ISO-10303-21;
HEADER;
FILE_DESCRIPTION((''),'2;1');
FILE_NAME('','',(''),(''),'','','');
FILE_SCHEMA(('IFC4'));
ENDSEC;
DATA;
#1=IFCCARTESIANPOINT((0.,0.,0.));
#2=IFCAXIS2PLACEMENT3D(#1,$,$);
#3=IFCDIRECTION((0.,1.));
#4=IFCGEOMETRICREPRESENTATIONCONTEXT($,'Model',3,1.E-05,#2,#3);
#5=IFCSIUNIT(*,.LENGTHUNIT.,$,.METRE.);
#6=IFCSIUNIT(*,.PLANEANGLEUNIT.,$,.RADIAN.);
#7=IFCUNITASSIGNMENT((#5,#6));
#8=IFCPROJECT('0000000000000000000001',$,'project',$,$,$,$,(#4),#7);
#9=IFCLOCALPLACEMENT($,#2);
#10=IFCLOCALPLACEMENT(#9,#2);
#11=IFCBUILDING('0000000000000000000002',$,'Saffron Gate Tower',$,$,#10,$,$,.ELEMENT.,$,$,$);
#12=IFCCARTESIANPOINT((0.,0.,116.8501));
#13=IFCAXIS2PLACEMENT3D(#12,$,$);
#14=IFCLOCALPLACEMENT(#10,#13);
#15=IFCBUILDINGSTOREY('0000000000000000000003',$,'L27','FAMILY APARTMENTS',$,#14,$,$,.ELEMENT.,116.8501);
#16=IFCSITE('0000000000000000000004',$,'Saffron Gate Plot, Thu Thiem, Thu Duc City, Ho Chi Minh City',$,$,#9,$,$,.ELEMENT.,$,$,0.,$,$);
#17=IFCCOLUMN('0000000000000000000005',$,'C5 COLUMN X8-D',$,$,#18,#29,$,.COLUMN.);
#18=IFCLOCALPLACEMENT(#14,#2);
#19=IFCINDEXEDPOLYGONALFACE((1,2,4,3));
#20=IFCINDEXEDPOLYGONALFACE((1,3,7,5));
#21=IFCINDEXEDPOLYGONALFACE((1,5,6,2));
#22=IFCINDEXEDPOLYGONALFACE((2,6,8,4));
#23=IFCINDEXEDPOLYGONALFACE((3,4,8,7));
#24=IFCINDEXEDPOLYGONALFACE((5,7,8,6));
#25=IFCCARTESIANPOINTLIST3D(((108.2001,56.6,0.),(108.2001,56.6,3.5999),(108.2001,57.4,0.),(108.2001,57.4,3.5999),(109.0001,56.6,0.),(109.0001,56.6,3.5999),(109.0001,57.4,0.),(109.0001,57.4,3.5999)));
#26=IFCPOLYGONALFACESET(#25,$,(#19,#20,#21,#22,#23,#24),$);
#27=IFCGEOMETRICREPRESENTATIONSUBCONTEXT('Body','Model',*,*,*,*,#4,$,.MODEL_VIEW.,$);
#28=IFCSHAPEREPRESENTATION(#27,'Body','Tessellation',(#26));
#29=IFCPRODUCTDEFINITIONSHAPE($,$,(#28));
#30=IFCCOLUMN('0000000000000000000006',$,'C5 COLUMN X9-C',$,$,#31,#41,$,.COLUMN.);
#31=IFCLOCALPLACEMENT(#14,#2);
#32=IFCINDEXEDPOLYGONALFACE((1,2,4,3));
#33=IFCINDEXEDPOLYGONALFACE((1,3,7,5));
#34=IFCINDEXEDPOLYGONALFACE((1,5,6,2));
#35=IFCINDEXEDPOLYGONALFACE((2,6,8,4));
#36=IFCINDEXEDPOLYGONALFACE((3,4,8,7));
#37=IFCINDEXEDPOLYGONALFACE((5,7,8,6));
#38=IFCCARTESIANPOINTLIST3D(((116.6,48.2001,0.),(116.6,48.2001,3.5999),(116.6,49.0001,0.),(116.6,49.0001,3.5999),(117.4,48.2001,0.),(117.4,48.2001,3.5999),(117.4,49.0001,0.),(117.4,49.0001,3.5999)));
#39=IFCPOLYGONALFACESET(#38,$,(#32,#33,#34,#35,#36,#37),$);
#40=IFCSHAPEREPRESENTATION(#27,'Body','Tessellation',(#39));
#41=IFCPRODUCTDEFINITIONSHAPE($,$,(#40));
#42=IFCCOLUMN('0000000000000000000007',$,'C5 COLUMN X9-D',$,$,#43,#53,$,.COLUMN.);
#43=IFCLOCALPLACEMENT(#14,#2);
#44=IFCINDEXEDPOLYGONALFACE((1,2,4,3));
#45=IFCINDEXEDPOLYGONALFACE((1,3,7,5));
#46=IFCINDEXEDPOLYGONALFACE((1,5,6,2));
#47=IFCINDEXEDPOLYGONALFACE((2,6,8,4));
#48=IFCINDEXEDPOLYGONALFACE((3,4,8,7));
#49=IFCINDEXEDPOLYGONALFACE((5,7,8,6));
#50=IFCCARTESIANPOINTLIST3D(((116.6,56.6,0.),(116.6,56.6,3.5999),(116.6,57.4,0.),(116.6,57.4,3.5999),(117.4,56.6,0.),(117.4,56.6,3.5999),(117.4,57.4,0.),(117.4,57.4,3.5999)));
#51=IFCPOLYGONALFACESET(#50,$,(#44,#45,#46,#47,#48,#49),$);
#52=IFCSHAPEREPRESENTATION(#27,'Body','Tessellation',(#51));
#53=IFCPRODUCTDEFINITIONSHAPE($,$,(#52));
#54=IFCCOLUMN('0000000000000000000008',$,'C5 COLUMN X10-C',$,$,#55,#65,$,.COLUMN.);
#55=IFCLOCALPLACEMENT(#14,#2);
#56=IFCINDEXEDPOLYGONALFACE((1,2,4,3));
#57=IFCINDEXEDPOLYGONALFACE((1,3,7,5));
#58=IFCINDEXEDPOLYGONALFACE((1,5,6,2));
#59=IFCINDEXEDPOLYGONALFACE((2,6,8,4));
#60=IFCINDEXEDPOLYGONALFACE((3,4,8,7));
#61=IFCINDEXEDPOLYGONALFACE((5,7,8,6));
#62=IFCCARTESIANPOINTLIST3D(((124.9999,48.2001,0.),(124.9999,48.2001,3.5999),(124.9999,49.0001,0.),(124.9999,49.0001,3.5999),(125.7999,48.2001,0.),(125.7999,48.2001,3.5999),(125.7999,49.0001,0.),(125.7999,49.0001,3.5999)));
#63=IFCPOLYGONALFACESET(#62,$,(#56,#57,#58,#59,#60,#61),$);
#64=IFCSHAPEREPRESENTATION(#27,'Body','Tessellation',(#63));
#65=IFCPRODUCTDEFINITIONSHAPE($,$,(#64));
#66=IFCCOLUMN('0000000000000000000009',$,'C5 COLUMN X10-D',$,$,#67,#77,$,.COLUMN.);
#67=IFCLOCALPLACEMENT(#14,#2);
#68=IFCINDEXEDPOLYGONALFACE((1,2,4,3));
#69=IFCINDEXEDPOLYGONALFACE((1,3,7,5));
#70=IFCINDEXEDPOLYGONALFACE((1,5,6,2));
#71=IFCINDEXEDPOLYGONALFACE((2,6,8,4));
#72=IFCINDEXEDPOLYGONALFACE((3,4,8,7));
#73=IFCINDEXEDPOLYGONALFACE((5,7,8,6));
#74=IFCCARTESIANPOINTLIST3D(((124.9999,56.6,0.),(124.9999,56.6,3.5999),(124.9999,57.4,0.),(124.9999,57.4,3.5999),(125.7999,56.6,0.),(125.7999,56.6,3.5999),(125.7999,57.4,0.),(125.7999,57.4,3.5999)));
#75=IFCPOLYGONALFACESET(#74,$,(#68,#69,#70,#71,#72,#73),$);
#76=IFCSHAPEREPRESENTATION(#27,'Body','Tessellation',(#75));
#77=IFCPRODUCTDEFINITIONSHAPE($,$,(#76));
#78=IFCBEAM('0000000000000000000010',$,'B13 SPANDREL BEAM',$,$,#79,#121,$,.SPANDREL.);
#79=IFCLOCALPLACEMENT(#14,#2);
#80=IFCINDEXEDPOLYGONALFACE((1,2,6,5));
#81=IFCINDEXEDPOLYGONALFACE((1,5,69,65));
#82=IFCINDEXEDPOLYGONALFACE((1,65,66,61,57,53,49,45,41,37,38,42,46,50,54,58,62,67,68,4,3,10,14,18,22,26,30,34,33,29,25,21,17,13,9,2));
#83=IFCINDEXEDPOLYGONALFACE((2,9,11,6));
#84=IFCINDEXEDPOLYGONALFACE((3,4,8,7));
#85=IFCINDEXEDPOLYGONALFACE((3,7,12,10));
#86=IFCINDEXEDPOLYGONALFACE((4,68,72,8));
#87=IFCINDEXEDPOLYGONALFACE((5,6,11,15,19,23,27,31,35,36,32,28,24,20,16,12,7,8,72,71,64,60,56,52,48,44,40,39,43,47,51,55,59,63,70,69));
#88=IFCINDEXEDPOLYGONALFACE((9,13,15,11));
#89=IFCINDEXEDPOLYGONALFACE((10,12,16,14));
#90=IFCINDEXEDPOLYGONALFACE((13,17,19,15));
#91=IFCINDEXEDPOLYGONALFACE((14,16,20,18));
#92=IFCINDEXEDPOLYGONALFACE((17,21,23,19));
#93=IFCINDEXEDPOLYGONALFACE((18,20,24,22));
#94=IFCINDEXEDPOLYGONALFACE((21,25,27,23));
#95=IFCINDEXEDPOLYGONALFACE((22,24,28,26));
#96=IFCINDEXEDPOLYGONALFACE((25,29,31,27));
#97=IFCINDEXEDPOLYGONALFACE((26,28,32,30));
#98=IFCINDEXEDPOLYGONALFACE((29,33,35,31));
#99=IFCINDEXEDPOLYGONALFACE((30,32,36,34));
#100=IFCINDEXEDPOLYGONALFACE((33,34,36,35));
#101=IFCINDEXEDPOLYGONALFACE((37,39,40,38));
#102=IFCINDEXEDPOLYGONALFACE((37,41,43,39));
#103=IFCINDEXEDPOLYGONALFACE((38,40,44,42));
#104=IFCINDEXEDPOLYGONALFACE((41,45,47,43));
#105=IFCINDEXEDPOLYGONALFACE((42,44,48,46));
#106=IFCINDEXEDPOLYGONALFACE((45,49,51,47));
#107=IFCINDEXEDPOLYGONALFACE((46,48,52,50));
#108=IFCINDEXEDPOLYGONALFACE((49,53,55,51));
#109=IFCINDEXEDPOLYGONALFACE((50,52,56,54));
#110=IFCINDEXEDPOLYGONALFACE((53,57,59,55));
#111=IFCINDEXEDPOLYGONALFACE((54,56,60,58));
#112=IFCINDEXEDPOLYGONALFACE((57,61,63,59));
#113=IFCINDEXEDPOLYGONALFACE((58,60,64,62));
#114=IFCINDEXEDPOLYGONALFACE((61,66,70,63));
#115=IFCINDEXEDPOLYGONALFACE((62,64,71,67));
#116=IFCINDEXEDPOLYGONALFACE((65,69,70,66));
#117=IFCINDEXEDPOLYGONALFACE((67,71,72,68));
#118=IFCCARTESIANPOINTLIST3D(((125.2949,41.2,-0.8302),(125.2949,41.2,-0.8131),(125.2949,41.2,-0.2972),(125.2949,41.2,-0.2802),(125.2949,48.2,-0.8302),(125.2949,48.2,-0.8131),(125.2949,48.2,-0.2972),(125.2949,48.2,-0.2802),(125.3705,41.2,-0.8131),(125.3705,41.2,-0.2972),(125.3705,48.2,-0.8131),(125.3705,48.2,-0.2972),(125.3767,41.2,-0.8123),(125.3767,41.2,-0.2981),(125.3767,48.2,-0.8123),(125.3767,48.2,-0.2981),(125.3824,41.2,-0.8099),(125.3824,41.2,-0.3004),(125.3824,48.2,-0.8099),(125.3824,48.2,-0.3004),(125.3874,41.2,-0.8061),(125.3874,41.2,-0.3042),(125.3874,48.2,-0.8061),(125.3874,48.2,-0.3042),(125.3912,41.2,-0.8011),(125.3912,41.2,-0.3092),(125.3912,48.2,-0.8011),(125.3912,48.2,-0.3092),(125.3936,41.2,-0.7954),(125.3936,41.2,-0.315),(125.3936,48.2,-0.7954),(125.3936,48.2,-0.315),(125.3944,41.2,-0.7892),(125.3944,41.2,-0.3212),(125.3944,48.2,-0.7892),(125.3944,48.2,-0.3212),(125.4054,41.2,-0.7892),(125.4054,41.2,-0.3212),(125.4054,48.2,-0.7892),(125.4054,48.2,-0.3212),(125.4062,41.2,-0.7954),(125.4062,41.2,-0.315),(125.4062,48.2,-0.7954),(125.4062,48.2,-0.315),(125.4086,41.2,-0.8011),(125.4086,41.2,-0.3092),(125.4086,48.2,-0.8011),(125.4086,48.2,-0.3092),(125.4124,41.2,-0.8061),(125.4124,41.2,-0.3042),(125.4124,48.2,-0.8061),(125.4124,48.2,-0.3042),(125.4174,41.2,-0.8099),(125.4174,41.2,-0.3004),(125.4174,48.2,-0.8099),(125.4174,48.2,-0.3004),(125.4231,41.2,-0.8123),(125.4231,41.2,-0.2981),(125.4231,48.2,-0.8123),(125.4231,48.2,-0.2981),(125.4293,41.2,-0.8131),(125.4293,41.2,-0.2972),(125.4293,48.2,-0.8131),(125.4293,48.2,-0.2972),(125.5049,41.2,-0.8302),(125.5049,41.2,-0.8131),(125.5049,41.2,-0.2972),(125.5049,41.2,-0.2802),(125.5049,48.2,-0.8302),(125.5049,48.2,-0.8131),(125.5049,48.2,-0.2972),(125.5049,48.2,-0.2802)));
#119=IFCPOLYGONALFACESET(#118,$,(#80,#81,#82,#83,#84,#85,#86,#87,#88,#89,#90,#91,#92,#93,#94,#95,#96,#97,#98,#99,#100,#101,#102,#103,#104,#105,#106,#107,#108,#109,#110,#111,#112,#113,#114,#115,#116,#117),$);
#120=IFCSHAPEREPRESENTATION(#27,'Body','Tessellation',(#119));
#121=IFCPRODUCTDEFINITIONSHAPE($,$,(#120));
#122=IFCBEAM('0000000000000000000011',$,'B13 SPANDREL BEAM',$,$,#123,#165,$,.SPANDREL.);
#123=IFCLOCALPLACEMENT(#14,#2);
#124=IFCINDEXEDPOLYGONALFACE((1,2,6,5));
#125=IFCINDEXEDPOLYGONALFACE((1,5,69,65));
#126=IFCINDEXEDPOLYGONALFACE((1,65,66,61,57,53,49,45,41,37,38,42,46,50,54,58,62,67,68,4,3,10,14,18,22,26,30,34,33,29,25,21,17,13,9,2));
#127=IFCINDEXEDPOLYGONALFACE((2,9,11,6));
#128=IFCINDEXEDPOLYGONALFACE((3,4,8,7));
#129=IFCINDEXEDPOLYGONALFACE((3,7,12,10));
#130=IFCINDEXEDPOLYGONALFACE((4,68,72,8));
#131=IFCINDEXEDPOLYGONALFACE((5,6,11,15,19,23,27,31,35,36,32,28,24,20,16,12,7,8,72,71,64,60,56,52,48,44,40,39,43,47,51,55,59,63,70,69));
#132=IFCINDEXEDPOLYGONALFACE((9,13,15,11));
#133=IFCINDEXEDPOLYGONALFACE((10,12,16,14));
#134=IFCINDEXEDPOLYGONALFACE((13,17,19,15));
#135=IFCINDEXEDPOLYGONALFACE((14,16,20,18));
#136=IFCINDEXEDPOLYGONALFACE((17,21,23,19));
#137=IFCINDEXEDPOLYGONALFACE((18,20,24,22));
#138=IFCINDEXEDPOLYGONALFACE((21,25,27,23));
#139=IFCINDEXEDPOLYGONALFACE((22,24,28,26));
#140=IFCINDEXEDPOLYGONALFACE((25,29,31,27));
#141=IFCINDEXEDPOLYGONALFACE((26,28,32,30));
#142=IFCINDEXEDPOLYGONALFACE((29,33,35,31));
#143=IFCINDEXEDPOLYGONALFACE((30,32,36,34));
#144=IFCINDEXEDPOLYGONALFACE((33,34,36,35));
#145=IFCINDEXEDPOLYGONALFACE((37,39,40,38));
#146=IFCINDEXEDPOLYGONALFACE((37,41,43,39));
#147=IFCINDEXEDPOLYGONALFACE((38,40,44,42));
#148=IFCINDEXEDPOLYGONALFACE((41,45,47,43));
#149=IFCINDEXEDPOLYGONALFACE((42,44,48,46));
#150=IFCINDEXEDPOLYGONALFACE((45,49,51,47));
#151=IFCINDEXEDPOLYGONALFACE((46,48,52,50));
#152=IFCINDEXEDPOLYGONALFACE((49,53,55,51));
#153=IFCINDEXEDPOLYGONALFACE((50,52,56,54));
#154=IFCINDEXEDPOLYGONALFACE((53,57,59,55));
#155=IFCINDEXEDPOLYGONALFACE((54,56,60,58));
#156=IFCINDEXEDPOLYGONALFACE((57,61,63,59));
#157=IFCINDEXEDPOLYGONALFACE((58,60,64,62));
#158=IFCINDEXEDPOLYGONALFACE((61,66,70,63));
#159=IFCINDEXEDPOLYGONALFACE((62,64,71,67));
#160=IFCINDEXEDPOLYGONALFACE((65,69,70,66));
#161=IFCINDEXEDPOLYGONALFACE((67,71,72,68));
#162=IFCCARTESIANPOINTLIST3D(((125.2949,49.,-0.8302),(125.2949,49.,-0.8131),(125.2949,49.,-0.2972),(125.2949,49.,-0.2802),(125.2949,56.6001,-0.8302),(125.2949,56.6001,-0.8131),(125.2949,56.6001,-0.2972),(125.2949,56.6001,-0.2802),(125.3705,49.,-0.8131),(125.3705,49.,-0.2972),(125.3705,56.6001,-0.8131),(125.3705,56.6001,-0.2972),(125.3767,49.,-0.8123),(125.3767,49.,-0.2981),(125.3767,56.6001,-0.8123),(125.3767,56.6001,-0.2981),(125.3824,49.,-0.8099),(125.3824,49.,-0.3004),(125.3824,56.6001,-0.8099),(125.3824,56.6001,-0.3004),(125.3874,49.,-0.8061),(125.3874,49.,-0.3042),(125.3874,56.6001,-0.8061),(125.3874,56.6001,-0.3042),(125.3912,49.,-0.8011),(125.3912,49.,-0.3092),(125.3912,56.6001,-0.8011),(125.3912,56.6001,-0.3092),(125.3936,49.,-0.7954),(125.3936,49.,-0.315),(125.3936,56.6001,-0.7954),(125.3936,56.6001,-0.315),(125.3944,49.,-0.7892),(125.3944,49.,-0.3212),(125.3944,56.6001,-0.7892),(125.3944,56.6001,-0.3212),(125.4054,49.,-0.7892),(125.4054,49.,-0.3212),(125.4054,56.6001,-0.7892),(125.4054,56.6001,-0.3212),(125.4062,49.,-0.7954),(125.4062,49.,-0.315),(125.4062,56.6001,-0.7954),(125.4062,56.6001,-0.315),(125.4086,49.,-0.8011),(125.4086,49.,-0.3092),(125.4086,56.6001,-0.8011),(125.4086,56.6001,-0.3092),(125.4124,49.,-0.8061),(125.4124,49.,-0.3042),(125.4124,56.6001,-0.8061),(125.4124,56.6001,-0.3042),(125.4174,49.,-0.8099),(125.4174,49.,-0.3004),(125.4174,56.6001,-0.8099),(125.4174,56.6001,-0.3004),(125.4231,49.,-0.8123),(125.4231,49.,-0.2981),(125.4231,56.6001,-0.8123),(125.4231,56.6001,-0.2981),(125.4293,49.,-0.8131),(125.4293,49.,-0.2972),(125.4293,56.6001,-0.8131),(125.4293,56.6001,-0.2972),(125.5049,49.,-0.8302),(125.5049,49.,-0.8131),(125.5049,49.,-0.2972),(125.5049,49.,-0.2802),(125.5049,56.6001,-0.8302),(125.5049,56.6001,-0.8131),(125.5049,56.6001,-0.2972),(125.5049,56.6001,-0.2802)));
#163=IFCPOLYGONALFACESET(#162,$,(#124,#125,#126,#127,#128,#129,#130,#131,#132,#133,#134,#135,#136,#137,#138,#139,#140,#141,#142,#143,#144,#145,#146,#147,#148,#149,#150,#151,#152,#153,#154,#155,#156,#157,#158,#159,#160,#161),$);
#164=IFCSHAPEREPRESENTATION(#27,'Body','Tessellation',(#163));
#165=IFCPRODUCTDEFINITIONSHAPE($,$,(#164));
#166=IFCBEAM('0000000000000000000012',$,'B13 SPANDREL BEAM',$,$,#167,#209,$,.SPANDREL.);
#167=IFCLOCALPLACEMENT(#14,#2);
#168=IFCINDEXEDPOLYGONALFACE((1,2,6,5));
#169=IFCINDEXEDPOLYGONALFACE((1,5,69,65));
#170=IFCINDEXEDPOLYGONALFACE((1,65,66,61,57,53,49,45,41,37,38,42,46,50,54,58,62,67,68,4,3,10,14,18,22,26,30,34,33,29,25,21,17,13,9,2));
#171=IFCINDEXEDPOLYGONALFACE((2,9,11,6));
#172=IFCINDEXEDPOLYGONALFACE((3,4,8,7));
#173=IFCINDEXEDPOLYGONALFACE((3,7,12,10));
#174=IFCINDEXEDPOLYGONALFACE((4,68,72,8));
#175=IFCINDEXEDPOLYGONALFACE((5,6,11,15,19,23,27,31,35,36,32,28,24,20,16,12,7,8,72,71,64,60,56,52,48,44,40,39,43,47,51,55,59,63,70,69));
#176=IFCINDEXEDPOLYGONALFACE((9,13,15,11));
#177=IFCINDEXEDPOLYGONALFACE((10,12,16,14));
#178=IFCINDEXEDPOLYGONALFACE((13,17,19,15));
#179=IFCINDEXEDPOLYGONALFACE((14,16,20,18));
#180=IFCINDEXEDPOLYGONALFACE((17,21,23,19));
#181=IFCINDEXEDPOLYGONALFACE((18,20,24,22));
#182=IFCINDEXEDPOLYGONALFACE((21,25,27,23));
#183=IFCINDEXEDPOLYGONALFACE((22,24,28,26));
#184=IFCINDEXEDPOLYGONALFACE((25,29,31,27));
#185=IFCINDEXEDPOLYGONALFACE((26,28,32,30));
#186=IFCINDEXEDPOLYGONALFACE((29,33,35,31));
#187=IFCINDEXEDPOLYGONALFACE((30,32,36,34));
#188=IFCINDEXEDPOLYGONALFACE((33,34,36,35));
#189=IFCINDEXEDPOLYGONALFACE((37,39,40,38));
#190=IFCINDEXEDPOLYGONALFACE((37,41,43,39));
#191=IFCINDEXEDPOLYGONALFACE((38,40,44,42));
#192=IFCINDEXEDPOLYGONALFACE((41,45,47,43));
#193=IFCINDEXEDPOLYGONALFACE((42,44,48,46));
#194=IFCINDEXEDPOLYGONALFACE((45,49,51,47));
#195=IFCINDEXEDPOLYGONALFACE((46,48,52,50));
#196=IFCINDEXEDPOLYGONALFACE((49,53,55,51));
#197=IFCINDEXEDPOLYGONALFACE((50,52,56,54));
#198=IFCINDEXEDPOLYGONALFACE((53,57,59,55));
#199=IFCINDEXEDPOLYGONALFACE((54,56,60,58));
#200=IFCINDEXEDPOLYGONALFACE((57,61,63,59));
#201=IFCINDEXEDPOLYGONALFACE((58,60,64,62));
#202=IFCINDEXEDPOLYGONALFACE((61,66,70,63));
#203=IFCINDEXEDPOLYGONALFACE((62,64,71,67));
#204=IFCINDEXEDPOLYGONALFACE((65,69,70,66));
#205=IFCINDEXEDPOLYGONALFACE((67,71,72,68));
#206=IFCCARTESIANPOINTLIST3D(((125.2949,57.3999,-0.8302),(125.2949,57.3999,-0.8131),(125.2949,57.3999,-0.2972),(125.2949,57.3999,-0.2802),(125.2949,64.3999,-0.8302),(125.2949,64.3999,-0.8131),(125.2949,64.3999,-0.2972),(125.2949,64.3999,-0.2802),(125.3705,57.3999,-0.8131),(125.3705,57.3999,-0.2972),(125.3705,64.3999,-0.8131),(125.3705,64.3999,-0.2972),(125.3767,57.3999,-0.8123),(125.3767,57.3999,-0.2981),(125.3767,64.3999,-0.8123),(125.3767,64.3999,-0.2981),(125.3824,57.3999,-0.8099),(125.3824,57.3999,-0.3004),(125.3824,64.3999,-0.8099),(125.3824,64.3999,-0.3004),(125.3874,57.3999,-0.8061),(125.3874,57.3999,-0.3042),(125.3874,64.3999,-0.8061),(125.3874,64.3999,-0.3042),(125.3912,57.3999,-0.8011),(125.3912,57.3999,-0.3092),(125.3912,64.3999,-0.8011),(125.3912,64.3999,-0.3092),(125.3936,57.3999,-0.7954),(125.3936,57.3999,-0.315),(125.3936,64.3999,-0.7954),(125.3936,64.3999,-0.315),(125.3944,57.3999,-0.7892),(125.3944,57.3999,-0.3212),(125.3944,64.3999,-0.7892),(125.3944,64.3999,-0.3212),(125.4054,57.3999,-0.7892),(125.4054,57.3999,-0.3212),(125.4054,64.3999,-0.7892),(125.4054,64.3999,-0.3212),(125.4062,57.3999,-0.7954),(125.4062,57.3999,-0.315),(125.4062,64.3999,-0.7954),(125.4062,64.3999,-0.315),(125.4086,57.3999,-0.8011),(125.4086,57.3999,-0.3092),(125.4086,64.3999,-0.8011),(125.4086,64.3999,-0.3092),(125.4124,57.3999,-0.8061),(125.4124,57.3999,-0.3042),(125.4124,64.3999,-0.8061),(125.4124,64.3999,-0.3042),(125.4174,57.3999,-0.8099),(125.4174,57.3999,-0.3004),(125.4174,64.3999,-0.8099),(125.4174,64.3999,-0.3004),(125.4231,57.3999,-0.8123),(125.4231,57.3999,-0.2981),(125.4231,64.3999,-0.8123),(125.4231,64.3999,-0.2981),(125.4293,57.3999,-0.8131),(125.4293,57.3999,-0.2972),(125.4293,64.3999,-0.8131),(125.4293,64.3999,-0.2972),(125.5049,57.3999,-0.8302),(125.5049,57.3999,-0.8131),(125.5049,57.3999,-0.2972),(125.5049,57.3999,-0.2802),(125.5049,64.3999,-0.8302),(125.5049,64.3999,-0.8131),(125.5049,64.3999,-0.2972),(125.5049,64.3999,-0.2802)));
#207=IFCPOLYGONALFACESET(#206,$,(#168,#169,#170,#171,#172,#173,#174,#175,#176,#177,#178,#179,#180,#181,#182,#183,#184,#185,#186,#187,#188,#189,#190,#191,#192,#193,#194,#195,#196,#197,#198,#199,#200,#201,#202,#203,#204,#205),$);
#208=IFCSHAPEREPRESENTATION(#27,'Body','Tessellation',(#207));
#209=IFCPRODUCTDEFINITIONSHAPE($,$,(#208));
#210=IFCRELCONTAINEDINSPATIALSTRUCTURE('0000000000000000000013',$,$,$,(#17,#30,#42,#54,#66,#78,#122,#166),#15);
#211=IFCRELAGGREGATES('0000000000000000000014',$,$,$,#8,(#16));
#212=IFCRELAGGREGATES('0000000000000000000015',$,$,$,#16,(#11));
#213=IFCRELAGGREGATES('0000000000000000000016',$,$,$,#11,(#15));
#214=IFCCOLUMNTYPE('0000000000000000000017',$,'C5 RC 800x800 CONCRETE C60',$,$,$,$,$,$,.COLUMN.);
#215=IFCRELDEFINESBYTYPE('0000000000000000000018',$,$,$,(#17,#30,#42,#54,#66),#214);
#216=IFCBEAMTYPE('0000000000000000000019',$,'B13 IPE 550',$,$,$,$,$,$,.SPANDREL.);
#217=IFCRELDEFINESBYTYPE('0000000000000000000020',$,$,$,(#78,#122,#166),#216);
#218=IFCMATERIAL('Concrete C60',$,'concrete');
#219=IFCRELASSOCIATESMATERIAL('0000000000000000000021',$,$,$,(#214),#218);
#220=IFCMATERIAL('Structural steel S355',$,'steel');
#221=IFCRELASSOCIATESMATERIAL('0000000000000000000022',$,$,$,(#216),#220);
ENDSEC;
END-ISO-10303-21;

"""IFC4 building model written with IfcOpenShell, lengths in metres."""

from ifc_helpers import new_model, si_unit, direction, frame, origin, origin_2d, place, context, subcontext, project, spatial, rectangle, i_section, extrude, material, material_profile, profile_set, type_object, element, save


model = new_model("IFC4")

# Units and contexts
model_context = context("Model", 3, precision=1e-05, world=origin(), true_north=direction((0.0, 1.0)))
body_context = subcontext(model_context, "Body", "Model", "MODEL_VIEW")
ifc_project = project(units=[si_unit("LENGTHUNIT", "METRE"), si_unit("PLANEANGLEUNIT", "RADIAN")], contexts=[model_context])

# Site, building, storey
site_placement = place(None, origin())
site = spatial("IfcSite", under=ifc_project, at=site_placement, Name="Saffron Gate Plot, Thu Thiem, Thu Duc City, Ho Chi Minh City", CompositionType="ELEMENT", RefElevation=0.0)
building_placement = place(site_placement, origin())
building = spatial("IfcBuilding", under=site, at=building_placement, Name="Saffron Gate Tower", CompositionType="ELEMENT")
storey_placement = place(building_placement, frame((0.0, 0.0, 116.8501)))
storey = spatial("IfcBuildingStorey", under=building, at=storey_placement, Name="L27", Description="FAMILY APARTMENTS", CompositionType="ELEMENT", Elevation=116.8501)

# Columns
ifc_material_1 = material(Name="Concrete C60", Category="concrete")
ifc_material_profile_1 = material_profile(ifc_material_1, rectangle(XDim=0.8, YDim=0.8, at=origin_2d()))
ifc_profile_set_1 = profile_set([ifc_material_profile_1], Name="Concrete C60")
column_type = type_object("IfcColumnType", Name="C5 RC 800x800 CONCRETE C60", PredefinedType="COLUMN", material=ifc_profile_set_1)
for number, where, z_axis, x_axis, name in (
    (1, (108.6001, 57.0, 0.0), (0.0, 0.0, 1.0), (1.0, 0.0, 0.0), "C5 COLUMN X8-D"),
    (2, (117.0, 48.6001, 0.0), (0.0, 0.0, 1.0), (1.0, 0.0, 0.0), "C5 COLUMN X9-C"),
    (3, (117.0, 57.0, 0.0), (0.0, 0.0, 1.0), (1.0, 0.0, 0.0), "C5 COLUMN X9-D"),
    (4, (125.3999, 48.6001, 0.0), (0.0, 0.0, 1.0), (1.0, 0.0, 0.0), "C5 COLUMN X10-C"),
    (5, (125.3999, 57.0, 0.0), (0.0, 0.0, 1.0), (1.0, 0.0, 0.0), "C5 COLUMN X10-D"),
):
    element("IfcColumn", number, at=place(storey_placement, frame(where, z_axis=z_axis, x_axis=x_axis)), inside=storey, type_object=column_type, Name=name, PredefinedType="COLUMN", context=body_context, shape_type="SweptSolid", body=[
        extrude(rectangle(XDim=0.8, YDim=0.8, at=origin_2d()), origin(), (0.0, 0.0, 1.0), 3.5999),
    ])

# Beams
ifc_material_2 = material(Name="Structural steel S355", Category="steel")
ifc_material_profile_2 = material_profile(ifc_material_2, i_section(OverallWidth=0.21, OverallDepth=0.55, WebThickness=0.011, FlangeThickness=0.0171, FilletRadius=0.0239, at=origin_2d()))
ifc_profile_set_2 = profile_set([ifc_material_profile_2], Name="Structural steel S355")
beam_type = type_object("IfcBeamType", Name="B13 IPE 550", PredefinedType="SPANDREL", material=ifc_profile_set_2)
beam_1_placement = place(storey_placement, frame((125.3999, 41.2, -0.5552), z_axis=(0.0, 1.0, 0.0), x_axis=(-1.0, 0.0, 0.0)))
element("IfcBeam", 6, at=beam_1_placement, inside=storey, type_object=beam_type, Name="B13 SPANDREL BEAM", PredefinedType="SPANDREL", context=body_context, shape_type="SweptSolid", body=[
    extrude(i_section(OverallWidth=0.21, OverallDepth=0.55, WebThickness=0.011, FlangeThickness=0.0171, FilletRadius=0.0239, at=origin_2d()), origin(), (0.0, 0.0, 1.0), 7.0),
])
beam_2_placement = place(storey_placement, frame((125.3999, 49.0, -0.5552), z_axis=(0.0, 1.0, 0.0), x_axis=(-1.0, 0.0, 0.0)))
element("IfcBeam", 7, at=beam_2_placement, inside=storey, type_object=beam_type, Name="B13 SPANDREL BEAM", PredefinedType="SPANDREL", context=body_context, shape_type="SweptSolid", body=[
    extrude(i_section(OverallWidth=0.21, OverallDepth=0.55, WebThickness=0.011, FlangeThickness=0.0171, FilletRadius=0.0239, at=origin_2d()), origin(), (0.0, 0.0, 1.0), 7.6001),
])
beam_3_placement = place(storey_placement, frame((125.3999, 57.3999, -0.5552), z_axis=(0.0, 1.0, 0.0), x_axis=(-1.0, 0.0, 0.0)))
element("IfcBeam", 8, at=beam_3_placement, inside=storey, type_object=beam_type, Name="B13 SPANDREL BEAM", PredefinedType="SPANDREL", context=body_context, shape_type="SweptSolid", body=[
    extrude(i_section(OverallWidth=0.21, OverallDepth=0.55, WebThickness=0.011, FlangeThickness=0.0171, FilletRadius=0.0239, at=origin_2d()), origin(), (0.0, 0.0, 1.0), 7.0),
])

save(model, "model.ifc")
